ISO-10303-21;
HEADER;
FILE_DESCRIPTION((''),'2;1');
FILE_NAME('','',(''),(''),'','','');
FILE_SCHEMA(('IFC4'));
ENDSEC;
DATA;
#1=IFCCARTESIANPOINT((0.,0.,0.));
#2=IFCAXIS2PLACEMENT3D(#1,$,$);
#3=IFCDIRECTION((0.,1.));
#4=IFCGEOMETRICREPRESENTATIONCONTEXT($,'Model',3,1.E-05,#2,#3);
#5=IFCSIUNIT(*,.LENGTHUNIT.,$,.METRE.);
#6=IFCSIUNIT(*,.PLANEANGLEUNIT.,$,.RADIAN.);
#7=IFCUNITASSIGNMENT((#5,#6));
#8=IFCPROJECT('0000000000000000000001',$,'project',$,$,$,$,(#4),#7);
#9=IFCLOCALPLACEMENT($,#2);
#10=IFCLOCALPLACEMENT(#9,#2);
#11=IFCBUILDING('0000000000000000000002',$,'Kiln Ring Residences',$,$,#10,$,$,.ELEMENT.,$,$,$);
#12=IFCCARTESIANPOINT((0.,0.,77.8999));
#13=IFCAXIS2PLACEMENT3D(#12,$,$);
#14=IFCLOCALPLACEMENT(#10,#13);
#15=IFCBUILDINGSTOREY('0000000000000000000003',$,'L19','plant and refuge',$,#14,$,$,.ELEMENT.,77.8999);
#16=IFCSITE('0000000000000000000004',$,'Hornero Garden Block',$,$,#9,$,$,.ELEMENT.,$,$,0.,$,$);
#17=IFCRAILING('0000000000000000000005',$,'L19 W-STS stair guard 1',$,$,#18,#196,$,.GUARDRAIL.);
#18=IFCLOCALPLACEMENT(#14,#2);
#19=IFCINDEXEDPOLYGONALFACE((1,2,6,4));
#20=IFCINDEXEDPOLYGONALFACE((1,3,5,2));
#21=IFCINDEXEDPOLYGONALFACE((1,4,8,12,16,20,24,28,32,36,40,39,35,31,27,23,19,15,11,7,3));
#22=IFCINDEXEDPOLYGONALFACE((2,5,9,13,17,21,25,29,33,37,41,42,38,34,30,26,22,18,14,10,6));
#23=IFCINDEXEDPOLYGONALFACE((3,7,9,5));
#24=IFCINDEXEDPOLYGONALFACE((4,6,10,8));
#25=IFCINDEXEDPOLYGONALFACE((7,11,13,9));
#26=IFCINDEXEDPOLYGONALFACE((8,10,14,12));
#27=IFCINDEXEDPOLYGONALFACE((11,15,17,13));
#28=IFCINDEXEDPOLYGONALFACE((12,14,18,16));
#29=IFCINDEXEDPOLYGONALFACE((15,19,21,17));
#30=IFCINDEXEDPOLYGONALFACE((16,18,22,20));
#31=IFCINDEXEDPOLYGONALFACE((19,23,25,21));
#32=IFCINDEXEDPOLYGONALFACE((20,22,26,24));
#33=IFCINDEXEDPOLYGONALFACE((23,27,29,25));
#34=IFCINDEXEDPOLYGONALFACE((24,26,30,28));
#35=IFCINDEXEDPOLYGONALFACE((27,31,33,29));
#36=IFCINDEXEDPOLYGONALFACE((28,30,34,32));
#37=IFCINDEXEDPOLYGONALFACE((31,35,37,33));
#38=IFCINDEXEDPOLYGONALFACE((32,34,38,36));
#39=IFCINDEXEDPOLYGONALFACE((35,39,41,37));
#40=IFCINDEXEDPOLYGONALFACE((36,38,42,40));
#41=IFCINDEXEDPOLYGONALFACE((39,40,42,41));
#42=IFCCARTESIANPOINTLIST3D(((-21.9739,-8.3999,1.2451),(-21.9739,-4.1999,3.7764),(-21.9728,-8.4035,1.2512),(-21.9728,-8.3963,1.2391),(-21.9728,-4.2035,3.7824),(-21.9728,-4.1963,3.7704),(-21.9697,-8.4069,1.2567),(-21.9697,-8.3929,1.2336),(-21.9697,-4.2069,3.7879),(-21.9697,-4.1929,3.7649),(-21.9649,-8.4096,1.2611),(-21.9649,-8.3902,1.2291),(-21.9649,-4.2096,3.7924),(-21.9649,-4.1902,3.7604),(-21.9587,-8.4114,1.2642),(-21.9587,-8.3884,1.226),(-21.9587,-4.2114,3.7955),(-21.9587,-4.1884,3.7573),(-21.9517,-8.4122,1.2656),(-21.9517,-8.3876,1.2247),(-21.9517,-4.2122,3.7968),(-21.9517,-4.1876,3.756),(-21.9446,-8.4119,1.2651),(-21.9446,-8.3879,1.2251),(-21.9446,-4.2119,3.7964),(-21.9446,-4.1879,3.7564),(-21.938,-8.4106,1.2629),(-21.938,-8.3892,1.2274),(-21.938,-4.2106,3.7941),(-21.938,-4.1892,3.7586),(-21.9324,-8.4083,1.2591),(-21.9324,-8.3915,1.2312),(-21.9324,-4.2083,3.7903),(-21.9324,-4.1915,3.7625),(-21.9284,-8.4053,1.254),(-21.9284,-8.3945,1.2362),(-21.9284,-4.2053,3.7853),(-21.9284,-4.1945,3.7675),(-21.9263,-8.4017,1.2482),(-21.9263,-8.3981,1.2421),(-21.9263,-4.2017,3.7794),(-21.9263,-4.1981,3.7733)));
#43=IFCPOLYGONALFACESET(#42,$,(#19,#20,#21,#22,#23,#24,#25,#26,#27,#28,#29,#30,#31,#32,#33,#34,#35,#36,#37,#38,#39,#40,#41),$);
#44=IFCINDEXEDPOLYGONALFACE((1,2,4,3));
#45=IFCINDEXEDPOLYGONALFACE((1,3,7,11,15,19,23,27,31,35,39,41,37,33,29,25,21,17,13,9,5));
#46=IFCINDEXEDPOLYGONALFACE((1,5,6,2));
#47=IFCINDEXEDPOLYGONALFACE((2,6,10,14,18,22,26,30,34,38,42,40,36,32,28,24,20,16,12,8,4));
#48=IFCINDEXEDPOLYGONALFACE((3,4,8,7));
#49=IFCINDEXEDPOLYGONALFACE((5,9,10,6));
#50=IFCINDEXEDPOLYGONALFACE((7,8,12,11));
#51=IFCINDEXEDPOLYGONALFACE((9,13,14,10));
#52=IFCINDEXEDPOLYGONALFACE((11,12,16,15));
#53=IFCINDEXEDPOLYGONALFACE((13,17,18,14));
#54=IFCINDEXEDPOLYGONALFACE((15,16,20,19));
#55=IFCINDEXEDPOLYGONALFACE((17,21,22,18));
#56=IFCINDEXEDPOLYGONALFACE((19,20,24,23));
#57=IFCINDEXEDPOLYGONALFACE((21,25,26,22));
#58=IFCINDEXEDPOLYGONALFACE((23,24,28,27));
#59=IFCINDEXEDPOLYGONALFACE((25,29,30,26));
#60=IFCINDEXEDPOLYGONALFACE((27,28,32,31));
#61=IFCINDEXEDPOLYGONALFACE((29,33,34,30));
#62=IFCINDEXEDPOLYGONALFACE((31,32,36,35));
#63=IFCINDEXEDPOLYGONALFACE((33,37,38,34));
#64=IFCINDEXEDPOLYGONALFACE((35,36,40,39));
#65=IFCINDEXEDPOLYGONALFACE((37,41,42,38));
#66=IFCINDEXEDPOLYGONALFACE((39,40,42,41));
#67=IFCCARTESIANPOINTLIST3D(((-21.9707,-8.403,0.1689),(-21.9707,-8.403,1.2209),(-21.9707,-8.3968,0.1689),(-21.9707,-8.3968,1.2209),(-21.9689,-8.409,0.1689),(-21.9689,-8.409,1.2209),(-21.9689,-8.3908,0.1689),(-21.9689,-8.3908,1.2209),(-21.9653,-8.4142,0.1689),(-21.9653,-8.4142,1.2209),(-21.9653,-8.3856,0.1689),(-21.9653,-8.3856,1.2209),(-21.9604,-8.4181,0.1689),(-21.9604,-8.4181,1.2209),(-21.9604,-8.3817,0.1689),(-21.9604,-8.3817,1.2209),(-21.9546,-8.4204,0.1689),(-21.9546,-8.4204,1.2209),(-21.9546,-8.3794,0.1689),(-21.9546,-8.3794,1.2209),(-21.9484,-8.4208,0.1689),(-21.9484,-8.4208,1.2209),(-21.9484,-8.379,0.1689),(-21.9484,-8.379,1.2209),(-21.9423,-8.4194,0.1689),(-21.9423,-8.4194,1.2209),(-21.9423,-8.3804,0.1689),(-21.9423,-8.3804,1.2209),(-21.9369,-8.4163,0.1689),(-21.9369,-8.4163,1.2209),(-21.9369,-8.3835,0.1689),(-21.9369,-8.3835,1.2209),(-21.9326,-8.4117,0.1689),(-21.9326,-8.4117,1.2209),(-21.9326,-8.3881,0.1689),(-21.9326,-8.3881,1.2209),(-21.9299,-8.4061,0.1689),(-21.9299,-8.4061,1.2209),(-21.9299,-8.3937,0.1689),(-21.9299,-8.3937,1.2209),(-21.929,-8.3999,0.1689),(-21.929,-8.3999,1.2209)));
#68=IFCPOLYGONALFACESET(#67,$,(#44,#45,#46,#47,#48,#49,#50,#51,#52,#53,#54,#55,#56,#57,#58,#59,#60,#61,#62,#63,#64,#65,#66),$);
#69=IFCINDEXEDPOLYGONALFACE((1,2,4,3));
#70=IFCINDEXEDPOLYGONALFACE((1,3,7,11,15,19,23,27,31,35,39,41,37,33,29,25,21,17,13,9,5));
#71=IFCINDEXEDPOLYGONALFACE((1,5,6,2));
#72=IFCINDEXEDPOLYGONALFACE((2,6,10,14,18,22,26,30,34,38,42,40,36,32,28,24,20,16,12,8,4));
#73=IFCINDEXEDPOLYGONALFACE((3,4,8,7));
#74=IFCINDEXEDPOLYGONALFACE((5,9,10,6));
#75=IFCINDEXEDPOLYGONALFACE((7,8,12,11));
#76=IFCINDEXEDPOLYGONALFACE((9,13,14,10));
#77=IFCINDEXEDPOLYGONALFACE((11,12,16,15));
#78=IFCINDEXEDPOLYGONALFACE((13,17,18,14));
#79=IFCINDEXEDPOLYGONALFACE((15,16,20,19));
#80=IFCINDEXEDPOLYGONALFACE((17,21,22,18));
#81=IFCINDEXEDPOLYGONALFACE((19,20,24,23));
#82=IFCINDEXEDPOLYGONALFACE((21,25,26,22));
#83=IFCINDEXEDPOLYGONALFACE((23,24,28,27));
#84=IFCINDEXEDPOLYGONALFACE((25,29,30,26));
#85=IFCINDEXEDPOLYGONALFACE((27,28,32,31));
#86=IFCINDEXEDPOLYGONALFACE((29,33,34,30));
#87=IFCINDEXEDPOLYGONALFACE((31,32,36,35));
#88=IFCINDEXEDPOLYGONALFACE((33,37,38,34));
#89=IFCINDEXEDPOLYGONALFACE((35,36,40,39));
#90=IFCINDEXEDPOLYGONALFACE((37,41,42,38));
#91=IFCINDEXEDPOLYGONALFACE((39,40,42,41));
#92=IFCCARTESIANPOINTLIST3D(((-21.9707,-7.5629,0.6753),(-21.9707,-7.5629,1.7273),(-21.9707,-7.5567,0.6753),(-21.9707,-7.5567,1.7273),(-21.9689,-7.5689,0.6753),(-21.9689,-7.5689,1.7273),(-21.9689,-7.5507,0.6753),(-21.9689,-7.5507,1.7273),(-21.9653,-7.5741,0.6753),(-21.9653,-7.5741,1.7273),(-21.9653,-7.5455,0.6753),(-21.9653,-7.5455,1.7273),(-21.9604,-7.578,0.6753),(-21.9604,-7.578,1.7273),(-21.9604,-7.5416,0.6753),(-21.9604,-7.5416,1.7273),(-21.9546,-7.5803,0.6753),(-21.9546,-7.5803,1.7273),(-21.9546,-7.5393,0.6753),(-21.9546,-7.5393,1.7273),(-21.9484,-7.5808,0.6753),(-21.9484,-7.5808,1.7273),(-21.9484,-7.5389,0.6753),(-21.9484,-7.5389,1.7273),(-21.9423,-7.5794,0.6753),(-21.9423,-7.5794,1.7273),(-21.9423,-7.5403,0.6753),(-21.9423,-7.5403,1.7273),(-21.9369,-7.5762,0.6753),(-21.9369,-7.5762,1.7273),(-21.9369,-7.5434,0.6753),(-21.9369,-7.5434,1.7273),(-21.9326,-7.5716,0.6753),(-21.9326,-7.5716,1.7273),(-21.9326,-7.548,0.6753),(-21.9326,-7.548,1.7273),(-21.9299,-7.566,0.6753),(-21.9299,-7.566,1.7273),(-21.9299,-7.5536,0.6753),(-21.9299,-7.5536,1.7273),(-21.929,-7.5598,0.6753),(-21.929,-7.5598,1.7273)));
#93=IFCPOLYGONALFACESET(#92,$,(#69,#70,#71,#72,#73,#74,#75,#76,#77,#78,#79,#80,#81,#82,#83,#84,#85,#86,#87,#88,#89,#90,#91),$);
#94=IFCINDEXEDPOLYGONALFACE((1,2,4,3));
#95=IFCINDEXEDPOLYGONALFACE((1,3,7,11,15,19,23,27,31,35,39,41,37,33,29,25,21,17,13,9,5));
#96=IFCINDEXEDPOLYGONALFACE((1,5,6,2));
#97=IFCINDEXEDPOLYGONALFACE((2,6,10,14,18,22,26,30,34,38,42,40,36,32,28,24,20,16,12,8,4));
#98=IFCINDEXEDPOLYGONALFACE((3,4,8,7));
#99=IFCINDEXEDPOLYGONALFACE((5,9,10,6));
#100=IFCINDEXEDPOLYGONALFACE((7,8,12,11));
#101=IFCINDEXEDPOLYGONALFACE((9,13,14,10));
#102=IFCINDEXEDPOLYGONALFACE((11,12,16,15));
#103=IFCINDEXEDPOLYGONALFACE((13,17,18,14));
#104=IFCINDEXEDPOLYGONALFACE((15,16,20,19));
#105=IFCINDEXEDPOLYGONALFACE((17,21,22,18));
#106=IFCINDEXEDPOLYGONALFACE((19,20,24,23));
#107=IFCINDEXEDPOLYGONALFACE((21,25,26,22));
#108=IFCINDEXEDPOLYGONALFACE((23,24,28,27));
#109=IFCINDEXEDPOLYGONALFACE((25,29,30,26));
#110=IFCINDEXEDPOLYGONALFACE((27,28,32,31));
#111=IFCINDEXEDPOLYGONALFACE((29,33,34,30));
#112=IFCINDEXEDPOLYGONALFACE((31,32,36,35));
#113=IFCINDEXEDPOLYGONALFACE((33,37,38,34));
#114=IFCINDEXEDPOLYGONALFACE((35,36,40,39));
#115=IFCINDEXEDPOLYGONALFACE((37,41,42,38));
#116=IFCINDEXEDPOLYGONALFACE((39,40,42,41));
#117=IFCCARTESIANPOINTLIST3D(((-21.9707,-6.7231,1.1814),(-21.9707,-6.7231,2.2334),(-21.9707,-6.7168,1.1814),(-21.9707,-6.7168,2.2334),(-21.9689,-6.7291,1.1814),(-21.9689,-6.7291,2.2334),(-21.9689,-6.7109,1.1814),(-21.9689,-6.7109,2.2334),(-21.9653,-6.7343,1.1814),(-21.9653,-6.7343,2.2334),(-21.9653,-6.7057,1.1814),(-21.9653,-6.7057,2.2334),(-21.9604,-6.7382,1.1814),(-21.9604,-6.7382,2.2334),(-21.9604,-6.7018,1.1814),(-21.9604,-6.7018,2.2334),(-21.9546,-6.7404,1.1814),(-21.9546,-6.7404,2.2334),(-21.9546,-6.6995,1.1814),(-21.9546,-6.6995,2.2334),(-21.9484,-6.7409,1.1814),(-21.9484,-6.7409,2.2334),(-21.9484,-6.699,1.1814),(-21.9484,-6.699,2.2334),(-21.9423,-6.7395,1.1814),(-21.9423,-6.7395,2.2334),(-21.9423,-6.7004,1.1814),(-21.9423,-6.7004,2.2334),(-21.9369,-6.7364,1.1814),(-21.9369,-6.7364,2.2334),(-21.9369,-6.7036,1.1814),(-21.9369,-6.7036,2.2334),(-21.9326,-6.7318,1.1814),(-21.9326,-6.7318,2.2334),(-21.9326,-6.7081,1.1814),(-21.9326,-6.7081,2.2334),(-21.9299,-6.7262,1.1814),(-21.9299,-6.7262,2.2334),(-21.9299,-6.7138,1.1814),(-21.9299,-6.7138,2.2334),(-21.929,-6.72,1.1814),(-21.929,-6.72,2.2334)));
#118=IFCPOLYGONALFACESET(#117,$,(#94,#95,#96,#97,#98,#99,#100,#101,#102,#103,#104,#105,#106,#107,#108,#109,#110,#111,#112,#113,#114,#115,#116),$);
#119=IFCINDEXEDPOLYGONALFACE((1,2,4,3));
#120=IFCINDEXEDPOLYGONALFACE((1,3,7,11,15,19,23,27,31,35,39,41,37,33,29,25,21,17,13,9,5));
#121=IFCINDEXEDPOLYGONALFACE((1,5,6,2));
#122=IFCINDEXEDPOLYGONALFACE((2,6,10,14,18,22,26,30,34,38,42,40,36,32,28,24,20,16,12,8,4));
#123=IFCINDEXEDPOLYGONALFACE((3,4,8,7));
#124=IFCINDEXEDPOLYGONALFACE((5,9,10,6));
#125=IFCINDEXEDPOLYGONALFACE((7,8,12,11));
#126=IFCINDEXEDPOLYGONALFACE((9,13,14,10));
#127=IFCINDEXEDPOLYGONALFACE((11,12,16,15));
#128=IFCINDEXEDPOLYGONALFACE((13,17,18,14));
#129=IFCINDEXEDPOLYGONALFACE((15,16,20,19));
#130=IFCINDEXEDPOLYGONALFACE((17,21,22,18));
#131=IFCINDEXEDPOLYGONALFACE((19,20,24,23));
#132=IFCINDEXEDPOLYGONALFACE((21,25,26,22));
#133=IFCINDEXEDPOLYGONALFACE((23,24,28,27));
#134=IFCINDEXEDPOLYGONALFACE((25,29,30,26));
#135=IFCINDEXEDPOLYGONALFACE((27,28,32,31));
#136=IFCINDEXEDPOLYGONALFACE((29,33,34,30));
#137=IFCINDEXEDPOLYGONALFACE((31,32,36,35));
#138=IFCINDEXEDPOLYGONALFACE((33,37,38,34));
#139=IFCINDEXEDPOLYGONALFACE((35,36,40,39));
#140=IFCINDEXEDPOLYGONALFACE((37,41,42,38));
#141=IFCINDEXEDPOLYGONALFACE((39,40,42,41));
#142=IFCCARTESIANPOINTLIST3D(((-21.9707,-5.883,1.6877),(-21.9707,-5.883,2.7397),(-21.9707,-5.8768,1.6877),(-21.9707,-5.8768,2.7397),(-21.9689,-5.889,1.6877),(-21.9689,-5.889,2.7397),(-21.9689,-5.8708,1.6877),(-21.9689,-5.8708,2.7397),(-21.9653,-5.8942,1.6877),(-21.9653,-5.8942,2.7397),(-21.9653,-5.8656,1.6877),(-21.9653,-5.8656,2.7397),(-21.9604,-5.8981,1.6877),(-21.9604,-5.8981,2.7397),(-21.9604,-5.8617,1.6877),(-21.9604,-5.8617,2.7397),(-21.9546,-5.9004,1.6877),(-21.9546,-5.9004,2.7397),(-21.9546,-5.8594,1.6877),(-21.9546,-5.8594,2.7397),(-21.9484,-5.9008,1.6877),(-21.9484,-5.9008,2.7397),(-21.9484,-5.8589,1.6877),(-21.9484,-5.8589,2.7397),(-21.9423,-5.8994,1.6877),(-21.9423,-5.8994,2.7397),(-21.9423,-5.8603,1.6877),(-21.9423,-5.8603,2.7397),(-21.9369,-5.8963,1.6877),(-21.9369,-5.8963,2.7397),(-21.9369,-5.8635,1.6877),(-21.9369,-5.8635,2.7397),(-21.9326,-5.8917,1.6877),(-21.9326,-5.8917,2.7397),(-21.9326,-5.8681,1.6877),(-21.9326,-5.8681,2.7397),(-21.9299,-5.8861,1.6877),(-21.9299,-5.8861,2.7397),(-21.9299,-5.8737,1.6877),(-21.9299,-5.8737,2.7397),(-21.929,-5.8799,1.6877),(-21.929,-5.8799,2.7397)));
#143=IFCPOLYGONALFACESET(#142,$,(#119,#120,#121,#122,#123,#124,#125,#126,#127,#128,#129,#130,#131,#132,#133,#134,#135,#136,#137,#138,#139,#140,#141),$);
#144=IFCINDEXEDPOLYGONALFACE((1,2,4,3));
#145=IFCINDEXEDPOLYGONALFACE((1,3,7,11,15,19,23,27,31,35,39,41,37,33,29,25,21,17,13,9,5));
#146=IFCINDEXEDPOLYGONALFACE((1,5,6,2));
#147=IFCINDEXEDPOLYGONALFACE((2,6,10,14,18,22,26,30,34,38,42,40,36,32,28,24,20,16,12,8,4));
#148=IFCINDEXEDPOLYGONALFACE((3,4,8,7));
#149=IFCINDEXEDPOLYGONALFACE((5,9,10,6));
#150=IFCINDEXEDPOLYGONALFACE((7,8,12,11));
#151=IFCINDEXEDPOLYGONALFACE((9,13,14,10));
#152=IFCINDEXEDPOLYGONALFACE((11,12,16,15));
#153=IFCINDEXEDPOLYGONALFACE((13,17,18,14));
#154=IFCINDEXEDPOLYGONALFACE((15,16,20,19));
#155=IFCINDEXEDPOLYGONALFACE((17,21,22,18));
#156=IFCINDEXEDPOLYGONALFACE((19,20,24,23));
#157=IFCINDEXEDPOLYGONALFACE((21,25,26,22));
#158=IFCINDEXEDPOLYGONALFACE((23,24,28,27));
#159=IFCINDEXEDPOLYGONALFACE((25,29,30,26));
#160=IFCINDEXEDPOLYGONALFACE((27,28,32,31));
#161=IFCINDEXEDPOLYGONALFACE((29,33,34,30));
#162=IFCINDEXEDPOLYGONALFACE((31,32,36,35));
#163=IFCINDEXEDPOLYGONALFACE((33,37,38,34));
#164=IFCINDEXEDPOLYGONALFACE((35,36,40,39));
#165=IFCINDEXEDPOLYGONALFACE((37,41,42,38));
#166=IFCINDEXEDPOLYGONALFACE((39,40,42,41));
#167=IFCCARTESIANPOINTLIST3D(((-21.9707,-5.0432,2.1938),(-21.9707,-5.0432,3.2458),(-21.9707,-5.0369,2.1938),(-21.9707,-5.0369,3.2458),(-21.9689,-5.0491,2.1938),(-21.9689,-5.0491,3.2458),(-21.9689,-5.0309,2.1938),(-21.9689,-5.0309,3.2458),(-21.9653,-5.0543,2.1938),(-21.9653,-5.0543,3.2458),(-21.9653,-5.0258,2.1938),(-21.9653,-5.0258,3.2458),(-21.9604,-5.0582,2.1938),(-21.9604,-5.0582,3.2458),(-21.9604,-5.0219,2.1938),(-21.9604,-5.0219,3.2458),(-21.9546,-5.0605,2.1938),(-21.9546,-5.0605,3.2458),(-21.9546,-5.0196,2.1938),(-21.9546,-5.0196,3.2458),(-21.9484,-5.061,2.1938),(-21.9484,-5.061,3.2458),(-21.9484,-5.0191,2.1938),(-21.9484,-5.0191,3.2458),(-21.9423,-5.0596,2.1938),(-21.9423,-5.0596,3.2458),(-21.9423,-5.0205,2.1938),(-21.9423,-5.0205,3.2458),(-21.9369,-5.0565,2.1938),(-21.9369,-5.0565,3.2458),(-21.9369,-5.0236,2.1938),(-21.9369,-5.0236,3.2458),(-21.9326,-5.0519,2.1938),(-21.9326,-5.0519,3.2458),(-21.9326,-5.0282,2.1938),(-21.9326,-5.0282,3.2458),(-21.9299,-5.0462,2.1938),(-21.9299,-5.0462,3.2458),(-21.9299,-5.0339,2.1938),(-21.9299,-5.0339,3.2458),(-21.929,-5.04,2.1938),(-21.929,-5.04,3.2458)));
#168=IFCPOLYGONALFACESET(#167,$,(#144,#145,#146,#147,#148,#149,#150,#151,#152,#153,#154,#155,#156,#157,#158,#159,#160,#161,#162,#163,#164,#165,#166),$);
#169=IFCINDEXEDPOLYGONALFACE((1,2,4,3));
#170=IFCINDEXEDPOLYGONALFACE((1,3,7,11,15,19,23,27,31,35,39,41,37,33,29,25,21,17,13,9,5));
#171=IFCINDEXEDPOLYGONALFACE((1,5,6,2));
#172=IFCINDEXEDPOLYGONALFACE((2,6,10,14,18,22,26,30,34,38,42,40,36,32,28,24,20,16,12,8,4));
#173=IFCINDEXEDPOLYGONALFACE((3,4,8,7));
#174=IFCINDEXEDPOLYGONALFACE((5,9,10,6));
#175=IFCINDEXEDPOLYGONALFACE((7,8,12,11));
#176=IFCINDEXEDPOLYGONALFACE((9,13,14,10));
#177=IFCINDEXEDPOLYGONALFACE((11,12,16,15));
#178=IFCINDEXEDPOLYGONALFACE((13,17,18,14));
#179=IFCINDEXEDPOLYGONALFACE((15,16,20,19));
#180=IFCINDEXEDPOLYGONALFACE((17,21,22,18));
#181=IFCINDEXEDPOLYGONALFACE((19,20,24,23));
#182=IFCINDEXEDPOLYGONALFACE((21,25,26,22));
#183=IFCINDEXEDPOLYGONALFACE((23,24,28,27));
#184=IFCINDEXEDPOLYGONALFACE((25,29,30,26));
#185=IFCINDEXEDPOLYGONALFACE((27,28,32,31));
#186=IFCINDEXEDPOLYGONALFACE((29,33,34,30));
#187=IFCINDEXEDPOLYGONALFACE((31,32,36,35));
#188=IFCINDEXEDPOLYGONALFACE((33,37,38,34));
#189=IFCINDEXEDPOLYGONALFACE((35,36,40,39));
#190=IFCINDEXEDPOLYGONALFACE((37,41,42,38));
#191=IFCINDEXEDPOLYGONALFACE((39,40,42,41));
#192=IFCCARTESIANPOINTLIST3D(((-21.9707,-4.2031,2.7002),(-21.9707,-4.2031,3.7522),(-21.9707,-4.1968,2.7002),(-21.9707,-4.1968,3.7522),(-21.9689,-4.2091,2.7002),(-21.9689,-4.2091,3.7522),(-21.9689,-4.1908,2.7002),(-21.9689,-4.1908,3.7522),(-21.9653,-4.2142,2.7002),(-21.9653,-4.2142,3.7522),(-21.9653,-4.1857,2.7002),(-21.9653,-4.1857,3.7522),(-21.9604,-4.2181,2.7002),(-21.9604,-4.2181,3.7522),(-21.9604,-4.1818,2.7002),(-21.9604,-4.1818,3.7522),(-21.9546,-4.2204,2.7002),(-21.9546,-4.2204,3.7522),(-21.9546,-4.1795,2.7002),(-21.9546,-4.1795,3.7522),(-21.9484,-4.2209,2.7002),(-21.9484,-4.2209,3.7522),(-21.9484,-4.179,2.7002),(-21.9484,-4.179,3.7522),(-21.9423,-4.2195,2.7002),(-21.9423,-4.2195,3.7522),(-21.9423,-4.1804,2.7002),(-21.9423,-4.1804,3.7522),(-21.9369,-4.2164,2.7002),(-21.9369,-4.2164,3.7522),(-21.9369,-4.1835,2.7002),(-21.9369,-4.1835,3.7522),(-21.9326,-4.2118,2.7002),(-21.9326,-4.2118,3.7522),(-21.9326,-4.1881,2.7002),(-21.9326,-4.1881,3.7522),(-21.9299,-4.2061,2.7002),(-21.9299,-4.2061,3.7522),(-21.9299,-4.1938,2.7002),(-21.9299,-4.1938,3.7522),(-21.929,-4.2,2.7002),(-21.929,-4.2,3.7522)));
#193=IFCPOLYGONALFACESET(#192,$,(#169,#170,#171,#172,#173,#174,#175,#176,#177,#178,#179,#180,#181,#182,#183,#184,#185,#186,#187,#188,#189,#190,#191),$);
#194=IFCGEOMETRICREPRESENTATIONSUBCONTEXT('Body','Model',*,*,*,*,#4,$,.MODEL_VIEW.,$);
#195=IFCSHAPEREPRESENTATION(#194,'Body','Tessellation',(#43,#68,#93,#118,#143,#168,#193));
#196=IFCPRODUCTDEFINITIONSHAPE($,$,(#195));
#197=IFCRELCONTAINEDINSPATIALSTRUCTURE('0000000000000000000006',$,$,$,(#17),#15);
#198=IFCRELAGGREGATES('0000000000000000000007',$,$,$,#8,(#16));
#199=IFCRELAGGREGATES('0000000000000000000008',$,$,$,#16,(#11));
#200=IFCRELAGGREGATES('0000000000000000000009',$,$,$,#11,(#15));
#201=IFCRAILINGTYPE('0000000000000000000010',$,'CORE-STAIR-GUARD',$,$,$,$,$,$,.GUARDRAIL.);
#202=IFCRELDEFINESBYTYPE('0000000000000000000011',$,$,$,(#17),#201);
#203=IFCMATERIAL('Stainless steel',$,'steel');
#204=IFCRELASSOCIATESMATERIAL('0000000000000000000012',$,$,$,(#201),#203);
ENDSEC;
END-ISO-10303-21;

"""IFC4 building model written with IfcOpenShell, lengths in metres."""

from ifc_helpers import new_model, si_unit, direction, frame, origin, origin_2d, place, context, subcontext, project, spatial, circle, extrude, material, type_object, element, save


model = new_model("IFC4")

# Units and contexts
model_context = context("Model", 3, precision=1e-05, world=origin(), true_north=direction((0.0, 1.0)))
body_context = subcontext(model_context, "Body", "Model", "MODEL_VIEW")
ifc_project = project(units=[si_unit("LENGTHUNIT", "METRE"), si_unit("PLANEANGLEUNIT", "RADIAN")], contexts=[model_context])

# Site, building, storey
site_placement = place(None, origin())
site = spatial("IfcSite", under=ifc_project, at=site_placement, Name="Hornero Garden Block", CompositionType="ELEMENT", RefElevation=0.0)
building_placement = place(site_placement, origin())
building = spatial("IfcBuilding", under=site, at=building_placement, Name="Kiln Ring Residences", CompositionType="ELEMENT")
storey_placement = place(building_placement, frame((0.0, 0.0, 77.8999)))
storey = spatial("IfcBuildingStorey", under=building, at=storey_placement, Name="L19", Description="plant and refuge", CompositionType="ELEMENT", Elevation=77.8999)

# Railing
ifc_material_1 = material(Name="Stainless steel", Category="steel")
railing_type_1 = type_object("IfcRailingType", Name="CORE-STAIR-GUARD", PredefinedType="GUARDRAIL", material=ifc_material_1)
railing_1_placement = place(storey_placement, frame((-21.95, -8.3999, 0.1689)))
element("IfcRailing", 1, at=railing_1_placement, inside=storey, type_object=railing_type_1, Name="L19 W-STS stair guard 1", PredefinedType="GUARDRAIL", context=body_context, shape_type="SweptSolid", body=[
    extrude(circle(Radius=0.0239, at=origin_2d()), frame((0.0, 0.0, 1.0762), z_axis=(0.0, 0.856476, 0.516186), x_axis=(-1.0, 0.0, 0.0)), (0.0, 0.0, 1.0), 4.9038),
    extrude(circle(Radius=0.021, at=origin_2d()), origin(), (0.0, 0.0, 1.0), 1.052),
    extrude(circle(Radius=0.021, at=origin_2d()), frame((0.0, 0.8401, 0.5063)), (0.0, 0.0, 1.0), 1.052),
    extrude(circle(Radius=0.021, at=origin_2d()), frame((0.0, 1.6799, 1.0125)), (0.0, 0.0, 1.0), 1.052),
    extrude(circle(Radius=0.021, at=origin_2d()), frame((0.0, 2.52, 1.5188)), (0.0, 0.0, 1.0), 1.052),
    extrude(circle(Radius=0.021, at=origin_2d()), frame((0.0, 3.3599, 2.0249)), (0.0, 0.0, 1.0), 1.052),
    extrude(circle(Radius=0.021, at=origin_2d()), frame((0.0, 4.2, 2.5312)), (0.0, 0.0, 1.0), 1.052),
])

save(model, "model.ifc")
